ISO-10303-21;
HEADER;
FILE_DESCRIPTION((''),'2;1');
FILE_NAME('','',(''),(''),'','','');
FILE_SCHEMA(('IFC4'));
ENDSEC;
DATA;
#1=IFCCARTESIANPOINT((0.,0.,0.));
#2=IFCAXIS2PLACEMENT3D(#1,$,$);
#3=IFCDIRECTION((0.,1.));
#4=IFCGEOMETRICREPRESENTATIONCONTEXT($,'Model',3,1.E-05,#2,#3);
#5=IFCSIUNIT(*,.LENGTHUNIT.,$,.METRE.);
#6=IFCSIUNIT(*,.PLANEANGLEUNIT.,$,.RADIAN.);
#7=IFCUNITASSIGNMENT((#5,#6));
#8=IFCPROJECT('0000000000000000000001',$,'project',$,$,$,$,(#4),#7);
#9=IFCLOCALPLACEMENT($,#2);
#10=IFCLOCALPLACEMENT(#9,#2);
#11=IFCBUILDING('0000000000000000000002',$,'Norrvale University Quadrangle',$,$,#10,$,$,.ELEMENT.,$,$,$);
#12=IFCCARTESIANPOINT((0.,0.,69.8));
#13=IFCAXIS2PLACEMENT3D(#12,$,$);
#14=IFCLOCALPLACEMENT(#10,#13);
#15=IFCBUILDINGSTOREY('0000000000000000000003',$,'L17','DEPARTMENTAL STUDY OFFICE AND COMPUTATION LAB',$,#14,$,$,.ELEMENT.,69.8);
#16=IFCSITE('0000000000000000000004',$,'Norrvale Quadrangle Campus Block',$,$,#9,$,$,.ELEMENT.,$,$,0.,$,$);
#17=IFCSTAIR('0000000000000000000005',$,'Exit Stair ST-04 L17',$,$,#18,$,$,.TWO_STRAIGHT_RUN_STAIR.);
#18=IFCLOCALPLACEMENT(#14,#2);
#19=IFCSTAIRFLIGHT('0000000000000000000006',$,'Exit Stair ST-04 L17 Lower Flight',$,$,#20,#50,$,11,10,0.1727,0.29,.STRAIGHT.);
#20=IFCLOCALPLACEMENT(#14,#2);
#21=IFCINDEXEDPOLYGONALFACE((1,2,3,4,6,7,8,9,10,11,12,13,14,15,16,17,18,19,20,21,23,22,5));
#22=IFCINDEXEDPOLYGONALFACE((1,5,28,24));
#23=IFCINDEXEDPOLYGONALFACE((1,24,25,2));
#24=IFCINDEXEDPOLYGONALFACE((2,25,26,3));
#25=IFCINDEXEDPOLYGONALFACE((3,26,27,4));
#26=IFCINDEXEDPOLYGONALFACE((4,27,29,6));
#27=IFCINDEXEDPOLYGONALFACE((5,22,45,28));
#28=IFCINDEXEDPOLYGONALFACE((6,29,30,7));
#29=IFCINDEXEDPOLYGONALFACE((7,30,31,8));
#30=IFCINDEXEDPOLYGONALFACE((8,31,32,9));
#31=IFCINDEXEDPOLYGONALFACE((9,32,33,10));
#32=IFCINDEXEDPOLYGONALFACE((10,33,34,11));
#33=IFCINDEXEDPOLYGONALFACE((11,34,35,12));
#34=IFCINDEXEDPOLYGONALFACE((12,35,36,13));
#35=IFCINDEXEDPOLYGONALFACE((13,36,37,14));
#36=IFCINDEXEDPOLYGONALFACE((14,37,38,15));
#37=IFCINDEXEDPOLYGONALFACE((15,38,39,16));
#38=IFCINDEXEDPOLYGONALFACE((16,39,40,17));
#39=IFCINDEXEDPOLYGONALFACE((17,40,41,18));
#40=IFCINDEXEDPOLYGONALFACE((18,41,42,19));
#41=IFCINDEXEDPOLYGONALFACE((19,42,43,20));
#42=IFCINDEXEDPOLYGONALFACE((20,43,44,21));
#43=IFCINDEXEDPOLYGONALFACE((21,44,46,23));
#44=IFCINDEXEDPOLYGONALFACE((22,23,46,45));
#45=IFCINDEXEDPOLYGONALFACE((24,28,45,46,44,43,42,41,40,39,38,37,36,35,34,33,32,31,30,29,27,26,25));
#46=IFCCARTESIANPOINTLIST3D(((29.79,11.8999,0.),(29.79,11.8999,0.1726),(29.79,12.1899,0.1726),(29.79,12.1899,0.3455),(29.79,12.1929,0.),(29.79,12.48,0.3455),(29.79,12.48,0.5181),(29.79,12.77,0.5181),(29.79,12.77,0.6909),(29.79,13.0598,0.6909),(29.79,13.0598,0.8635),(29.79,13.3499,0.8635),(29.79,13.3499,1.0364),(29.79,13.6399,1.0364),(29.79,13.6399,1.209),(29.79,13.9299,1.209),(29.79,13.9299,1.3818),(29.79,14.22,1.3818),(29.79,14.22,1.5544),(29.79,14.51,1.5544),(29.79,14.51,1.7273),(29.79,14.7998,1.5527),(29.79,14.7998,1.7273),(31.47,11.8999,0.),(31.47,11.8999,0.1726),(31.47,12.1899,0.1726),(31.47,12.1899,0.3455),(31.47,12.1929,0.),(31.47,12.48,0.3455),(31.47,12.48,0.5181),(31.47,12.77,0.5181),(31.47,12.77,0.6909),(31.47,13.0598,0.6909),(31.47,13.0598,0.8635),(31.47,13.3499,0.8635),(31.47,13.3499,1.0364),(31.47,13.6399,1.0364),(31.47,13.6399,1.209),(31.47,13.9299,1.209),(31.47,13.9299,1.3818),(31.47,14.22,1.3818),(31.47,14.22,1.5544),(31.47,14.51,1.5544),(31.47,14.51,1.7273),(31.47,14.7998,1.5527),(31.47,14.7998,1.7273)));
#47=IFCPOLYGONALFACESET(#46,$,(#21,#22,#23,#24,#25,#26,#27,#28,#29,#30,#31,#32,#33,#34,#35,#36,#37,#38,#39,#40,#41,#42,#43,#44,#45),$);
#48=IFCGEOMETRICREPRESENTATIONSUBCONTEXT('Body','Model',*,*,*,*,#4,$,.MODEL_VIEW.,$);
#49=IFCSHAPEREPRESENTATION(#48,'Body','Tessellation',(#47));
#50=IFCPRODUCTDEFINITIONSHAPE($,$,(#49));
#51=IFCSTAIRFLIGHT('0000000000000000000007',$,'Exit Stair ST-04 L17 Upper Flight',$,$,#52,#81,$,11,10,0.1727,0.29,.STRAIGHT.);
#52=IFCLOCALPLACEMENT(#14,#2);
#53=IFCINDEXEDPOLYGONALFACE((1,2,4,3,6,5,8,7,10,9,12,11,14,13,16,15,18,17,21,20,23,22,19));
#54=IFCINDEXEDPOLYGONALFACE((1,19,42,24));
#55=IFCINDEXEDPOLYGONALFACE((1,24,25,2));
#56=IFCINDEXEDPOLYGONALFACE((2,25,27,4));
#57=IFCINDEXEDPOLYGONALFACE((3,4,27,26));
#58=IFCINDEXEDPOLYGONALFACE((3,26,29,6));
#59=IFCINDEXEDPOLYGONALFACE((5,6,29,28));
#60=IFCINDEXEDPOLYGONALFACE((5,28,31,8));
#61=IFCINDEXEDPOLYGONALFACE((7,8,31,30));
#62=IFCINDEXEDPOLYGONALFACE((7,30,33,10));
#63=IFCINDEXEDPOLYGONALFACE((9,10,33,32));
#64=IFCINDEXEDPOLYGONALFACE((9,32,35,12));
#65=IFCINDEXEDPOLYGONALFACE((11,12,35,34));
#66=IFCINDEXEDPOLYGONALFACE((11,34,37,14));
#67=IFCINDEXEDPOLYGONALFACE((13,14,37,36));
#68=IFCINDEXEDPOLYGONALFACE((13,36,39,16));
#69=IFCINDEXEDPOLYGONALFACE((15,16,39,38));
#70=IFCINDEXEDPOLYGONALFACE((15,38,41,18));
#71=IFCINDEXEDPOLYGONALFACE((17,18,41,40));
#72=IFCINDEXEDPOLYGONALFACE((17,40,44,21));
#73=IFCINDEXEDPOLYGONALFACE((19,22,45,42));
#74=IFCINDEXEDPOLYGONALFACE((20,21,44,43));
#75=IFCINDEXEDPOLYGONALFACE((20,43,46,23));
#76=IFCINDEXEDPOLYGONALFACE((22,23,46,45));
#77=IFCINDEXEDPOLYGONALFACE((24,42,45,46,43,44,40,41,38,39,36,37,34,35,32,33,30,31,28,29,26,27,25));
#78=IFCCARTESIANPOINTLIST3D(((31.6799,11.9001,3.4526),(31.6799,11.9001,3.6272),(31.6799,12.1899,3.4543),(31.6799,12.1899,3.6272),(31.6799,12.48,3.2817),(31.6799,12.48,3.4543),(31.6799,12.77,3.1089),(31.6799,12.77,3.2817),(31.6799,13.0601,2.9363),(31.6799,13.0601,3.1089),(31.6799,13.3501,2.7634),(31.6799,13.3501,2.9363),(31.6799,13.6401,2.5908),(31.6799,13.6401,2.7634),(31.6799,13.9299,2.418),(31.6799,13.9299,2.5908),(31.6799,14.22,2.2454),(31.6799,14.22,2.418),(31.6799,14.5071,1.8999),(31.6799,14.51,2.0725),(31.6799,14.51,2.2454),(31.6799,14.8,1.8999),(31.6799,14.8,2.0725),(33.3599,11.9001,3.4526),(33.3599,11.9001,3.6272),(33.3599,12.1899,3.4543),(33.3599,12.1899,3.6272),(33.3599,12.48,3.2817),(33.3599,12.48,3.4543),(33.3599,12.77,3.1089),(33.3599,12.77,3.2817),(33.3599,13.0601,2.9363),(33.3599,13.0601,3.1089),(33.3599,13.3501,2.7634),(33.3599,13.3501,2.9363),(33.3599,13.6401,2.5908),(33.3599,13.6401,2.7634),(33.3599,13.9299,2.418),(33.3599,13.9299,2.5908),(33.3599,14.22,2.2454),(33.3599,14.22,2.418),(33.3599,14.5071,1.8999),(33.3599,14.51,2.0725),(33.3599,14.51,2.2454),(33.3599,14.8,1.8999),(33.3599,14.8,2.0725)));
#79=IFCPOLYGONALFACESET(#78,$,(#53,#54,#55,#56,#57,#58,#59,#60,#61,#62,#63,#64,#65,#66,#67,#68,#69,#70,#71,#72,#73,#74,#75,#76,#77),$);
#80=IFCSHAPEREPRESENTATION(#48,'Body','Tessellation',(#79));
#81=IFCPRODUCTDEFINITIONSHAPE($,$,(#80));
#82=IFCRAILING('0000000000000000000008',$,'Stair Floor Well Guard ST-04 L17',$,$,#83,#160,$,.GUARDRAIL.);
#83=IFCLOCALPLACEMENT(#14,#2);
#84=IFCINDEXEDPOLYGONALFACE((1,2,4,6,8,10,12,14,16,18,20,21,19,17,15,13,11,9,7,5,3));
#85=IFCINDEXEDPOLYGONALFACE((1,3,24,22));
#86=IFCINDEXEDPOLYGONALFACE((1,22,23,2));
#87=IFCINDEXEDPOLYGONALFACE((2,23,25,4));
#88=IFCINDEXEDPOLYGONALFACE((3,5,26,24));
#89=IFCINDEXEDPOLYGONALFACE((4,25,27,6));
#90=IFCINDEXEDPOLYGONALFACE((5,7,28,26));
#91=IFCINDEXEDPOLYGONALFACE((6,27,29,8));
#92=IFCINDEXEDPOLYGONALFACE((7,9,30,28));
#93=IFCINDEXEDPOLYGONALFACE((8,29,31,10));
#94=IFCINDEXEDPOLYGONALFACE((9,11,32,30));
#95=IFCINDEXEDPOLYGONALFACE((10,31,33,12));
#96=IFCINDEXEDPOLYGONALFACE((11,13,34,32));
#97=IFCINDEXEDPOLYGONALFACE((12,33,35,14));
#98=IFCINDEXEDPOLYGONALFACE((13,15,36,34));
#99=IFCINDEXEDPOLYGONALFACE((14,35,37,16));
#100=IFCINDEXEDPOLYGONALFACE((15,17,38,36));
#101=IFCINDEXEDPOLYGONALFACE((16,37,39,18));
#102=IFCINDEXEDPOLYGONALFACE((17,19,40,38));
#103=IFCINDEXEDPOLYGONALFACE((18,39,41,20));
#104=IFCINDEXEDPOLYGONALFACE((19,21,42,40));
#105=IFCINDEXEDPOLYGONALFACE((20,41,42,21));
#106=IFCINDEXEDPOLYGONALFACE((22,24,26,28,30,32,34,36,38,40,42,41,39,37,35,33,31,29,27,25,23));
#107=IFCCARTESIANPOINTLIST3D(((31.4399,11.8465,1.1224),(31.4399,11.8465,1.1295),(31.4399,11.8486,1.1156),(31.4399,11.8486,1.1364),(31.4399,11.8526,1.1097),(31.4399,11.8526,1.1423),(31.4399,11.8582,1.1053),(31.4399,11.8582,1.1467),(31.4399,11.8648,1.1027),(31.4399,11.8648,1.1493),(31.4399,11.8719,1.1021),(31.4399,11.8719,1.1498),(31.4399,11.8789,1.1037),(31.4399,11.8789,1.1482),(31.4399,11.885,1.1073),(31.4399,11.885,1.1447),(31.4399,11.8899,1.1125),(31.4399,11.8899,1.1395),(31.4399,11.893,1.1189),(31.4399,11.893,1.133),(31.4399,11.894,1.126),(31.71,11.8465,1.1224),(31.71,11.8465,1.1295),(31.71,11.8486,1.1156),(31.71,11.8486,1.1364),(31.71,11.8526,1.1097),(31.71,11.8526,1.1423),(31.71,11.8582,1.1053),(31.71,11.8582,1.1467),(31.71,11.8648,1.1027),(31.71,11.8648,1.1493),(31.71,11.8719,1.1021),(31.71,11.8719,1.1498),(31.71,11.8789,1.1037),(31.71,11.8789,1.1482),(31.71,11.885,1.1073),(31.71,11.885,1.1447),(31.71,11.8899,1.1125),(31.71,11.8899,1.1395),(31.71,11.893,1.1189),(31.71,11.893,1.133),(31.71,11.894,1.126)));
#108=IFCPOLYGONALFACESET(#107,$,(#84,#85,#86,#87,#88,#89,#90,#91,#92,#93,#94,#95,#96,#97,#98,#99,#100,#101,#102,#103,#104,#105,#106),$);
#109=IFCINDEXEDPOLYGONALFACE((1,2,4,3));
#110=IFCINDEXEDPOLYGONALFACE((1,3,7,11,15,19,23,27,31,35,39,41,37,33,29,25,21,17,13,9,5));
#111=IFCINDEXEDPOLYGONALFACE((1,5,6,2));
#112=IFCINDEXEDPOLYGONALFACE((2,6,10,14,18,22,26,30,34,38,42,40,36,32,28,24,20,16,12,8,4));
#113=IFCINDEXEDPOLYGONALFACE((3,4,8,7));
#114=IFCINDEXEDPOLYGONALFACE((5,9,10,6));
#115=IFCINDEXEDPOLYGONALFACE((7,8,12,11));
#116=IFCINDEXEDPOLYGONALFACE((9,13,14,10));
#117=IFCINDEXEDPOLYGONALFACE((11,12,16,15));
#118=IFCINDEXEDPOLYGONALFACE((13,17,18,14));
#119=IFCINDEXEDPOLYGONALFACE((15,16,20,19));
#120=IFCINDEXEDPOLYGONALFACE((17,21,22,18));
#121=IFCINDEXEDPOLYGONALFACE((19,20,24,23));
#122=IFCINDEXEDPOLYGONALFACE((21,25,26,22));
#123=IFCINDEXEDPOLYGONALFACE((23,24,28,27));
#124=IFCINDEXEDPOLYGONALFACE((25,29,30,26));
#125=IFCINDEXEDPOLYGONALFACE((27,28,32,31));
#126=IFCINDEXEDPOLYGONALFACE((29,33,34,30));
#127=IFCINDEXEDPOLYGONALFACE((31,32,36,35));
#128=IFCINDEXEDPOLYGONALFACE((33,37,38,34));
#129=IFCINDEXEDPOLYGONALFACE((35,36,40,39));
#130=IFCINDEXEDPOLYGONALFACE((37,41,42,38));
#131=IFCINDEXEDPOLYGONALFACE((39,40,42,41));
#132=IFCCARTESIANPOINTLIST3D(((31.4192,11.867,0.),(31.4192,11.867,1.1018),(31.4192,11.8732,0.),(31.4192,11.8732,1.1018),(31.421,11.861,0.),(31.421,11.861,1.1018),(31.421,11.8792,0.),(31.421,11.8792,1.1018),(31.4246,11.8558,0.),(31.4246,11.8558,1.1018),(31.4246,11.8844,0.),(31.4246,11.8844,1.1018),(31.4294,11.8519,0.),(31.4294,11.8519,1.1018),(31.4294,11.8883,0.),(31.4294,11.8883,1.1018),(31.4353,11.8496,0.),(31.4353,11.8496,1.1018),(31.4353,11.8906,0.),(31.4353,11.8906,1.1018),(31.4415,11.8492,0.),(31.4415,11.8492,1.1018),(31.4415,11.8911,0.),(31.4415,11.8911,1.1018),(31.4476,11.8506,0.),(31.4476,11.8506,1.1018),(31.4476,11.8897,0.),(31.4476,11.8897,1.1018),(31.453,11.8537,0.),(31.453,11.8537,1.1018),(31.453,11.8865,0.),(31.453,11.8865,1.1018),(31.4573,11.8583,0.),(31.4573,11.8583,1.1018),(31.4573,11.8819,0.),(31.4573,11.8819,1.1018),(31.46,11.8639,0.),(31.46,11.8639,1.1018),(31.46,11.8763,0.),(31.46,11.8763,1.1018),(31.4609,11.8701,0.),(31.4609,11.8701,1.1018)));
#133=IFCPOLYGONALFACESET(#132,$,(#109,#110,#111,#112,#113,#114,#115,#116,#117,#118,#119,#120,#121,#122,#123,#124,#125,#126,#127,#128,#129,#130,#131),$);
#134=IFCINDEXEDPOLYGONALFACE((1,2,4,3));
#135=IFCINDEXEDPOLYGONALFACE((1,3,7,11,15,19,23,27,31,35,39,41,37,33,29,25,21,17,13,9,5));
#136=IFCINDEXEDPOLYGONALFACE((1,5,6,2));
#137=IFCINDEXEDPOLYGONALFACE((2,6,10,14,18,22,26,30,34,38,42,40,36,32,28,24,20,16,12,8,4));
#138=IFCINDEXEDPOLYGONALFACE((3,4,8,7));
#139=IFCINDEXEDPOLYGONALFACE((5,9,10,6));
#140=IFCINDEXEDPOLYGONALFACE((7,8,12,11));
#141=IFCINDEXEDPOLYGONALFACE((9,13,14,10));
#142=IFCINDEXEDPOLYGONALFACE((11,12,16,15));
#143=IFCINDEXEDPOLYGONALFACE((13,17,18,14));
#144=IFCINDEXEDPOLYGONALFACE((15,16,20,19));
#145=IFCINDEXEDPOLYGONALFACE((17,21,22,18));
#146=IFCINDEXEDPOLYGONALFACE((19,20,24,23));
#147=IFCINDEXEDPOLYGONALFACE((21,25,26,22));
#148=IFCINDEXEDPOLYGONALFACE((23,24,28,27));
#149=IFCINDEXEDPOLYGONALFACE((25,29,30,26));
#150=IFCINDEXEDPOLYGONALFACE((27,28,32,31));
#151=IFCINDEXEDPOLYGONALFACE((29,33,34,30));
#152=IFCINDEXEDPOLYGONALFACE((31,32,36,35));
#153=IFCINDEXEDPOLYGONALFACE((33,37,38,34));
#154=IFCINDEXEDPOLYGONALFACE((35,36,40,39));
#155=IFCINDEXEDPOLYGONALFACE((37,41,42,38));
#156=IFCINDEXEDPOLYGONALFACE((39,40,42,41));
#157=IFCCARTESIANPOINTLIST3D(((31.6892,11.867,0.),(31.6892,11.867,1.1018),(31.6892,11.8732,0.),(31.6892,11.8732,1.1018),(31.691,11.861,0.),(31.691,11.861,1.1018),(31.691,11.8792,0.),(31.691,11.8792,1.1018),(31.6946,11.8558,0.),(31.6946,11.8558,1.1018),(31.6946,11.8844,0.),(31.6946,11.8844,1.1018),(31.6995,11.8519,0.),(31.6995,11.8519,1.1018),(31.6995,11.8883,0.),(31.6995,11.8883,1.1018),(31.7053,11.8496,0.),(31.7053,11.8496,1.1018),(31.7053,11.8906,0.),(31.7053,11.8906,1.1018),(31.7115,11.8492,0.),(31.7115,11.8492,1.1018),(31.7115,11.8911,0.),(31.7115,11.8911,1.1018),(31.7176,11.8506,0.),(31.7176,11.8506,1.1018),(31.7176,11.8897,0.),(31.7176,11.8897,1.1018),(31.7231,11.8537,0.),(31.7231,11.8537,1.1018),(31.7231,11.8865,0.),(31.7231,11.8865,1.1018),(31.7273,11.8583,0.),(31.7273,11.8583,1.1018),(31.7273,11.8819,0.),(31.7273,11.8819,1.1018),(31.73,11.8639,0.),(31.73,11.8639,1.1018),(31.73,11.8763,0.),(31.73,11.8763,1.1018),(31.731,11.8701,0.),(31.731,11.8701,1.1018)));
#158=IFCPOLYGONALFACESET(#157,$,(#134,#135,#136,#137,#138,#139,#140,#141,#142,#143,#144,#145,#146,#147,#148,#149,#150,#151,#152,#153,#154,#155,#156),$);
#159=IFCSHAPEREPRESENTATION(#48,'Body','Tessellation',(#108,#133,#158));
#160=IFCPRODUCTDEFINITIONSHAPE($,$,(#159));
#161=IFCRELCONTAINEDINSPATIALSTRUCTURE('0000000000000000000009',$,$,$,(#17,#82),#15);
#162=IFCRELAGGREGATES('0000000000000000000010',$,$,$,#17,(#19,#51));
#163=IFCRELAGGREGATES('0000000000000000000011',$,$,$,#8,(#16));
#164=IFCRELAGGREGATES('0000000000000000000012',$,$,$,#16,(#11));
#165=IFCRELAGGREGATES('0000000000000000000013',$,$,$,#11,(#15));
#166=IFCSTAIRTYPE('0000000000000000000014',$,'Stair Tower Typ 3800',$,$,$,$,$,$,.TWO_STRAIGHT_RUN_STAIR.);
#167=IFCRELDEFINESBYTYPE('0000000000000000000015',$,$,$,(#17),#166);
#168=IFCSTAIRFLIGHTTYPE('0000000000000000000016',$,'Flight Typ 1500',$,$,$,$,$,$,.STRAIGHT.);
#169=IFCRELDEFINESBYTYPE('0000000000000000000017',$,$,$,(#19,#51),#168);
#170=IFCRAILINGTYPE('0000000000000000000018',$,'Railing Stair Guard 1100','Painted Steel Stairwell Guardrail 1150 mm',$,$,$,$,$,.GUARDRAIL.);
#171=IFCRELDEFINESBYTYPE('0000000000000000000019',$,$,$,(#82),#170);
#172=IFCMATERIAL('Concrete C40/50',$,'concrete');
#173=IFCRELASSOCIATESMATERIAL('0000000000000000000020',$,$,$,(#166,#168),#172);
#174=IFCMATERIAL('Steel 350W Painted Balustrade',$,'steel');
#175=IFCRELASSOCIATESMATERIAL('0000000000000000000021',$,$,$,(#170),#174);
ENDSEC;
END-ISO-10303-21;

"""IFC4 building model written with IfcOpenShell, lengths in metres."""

from ifc_helpers import new_model, si_unit, direction, frame, origin, origin_2d, place, context, subcontext, project, spatial, polyline, circle, outline, extrude, material, type_object, element, aggregate, save


model = new_model("IFC4")

# Units and contexts
model_context = context("Model", 3, precision=1e-05, world=origin(), true_north=direction((0.0, 1.0)))
body_context = subcontext(model_context, "Body", "Model", "MODEL_VIEW")
ifc_project = project(units=[si_unit("LENGTHUNIT", "METRE"), si_unit("PLANEANGLEUNIT", "RADIAN")], contexts=[model_context])

# Site, building, storey
site_placement = place(None, origin())
site = spatial("IfcSite", under=ifc_project, at=site_placement, Name="Norrvale Quadrangle Campus Block", CompositionType="ELEMENT", RefElevation=0.0)
building_placement = place(site_placement, origin())
building = spatial("IfcBuilding", under=site, at=building_placement, Name="Norrvale University Quadrangle", CompositionType="ELEMENT")
storey_placement = place(building_placement, frame((0.0, 0.0, 69.8)))
storey = spatial("IfcBuildingStorey", under=building, at=storey_placement, Name="L17", Description="DEPARTMENTAL STUDY OFFICE AND COMPUTATION LAB", CompositionType="ELEMENT", Elevation=69.8)

# Stair, stair flights
ifc_material_1 = material(Name="Concrete C40/50", Category="concrete")
stair_type = type_object("IfcStairType", Name="Stair Tower Typ 3800", PredefinedType="TWO_STRAIGHT_RUN_STAIR", material=ifc_material_1)
stair_placement = place(storey_placement, origin())
stair = element("IfcStair", 1, at=stair_placement, inside=storey, type_object=stair_type, Name="Exit Stair ST-04 L17", PredefinedType="TWO_STRAIGHT_RUN_STAIR")
stair_flight_type = type_object("IfcStairFlightType", Name="Flight Typ 1500", PredefinedType="STRAIGHT", material=ifc_material_1)
stair_flight_1_placement = place(storey_placement, frame((30.6299, 11.8999, 0.0), z_axis=(0.0, 0.0, 1.0), x_axis=(0.0, 1.0, 0.0)))
stair_flight_1 = element("IfcStairFlight", 2, at=stair_flight_1_placement, type_object=stair_flight_type, Name="Exit Stair ST-04 L17 Lower Flight", NumberOfRisers=11, NumberOfTreads=10, PredefinedType="STRAIGHT", RiserHeight=0.1727, TreadLength=0.29, context=body_context, shape_type="SweptSolid", body=[
    extrude(outline(polyline([(0.0, 0.0), (0.0, 0.1726), (0.29, 0.1726), (0.29, 0.3455), (0.5801, 0.3455), (0.5801, 0.5181), (0.8701, 0.5181), (0.8701, 0.6909), (1.1599, 0.6909), (1.1599, 0.8635), (1.45, 0.8635), (1.45, 1.0364), (1.74, 1.0364), (1.74, 1.209), (2.03, 1.209), (2.03, 1.3818), (2.3201, 1.3818), (2.3201, 1.5544), (2.6101, 1.5544), (2.6101, 1.7273), (2.8999, 1.7273), (2.8999, 1.8999), (2.8999, 1.5527), (0.293, 0.0), (0.0, 0.0)])), frame((0.0, 0.8398, 0.0), z_axis=(0.0, -1.0, 0.0), x_axis=(1.0, 0.0, 0.0)), (0.0, 0.0, 1.0), 1.6799),
])
stair_flight_2_placement = place(storey_placement, frame((32.52, 14.8, 1.8999), z_axis=(0.0, 0.0, 1.0), x_axis=(0.0, -1.0, 0.0)))
stair_flight_2 = element("IfcStairFlight", 3, at=stair_flight_2_placement, type_object=stair_flight_type, Name="Exit Stair ST-04 L17 Upper Flight", NumberOfRisers=11, NumberOfTreads=10, PredefinedType="STRAIGHT", RiserHeight=0.1727, TreadLength=0.29, context=body_context, shape_type="SweptSolid", body=[
    extrude(outline(polyline([(0.0, 0.0), (0.0, 0.1726), (0.29, 0.1726), (0.29, 0.3455), (0.5801, 0.3455), (0.5801, 0.5181), (0.8701, 0.5181), (0.8701, 0.6909), (1.1599, 0.6909), (1.1599, 0.8635), (1.45, 0.8635), (1.45, 1.0364), (1.74, 1.0364), (1.74, 1.209), (2.03, 1.209), (2.03, 1.3818), (2.3201, 1.3818), (2.3201, 1.5544), (2.6101, 1.5544), (2.6101, 1.7273), (2.8999, 1.7273), (2.8999, 1.8999), (2.8999, 1.5527), (0.293, 0.0), (0.0, 0.0)])), frame((0.0, 0.8398, 0.0), z_axis=(0.0, -1.0, 0.0), x_axis=(1.0, 0.0, 0.0)), (0.0, 0.0, 1.0), 1.6799),
])
aggregate(stair, [stair_flight_1, stair_flight_2])

# Railing
ifc_material_2 = material(Name="Steel 350W Painted Balustrade", Category="steel")
railing_type_1 = type_object("IfcRailingType", Name="Railing Stair Guard 1100", Description="Painted Steel Stairwell Guardrail 1150 mm", PredefinedType="GUARDRAIL", material=ifc_material_2)
for number, where, name in (
    (4, (31.4399, 11.8701, 0.0), "Stair Floor Well Guard ST-04 L17"),
):
    element("IfcRailing", number, at=place(storey_placement, frame(where)), inside=storey, type_object=railing_type_1, Name=name, PredefinedType="GUARDRAIL", context=body_context, shape_type="SweptSolid", body=[
        extrude(circle(Radius=0.0239, at=origin_2d()), frame((0.0, 0.0, 1.126), z_axis=(1.0, 0.0, 0.0), x_axis=(0.0, 1.0, 0.0)), (0.0, 0.0, 1.0), 0.27),
        extrude(circle(Radius=0.021, at=origin_2d()), origin(), (0.0, 0.0, 1.0), 1.1018),
        extrude(circle(Radius=0.021, at=origin_2d()), frame((0.27, 0.0, 0.0)), (0.0, 0.0, 1.0), 1.1018),
    ])

save(model, "model.ifc")
